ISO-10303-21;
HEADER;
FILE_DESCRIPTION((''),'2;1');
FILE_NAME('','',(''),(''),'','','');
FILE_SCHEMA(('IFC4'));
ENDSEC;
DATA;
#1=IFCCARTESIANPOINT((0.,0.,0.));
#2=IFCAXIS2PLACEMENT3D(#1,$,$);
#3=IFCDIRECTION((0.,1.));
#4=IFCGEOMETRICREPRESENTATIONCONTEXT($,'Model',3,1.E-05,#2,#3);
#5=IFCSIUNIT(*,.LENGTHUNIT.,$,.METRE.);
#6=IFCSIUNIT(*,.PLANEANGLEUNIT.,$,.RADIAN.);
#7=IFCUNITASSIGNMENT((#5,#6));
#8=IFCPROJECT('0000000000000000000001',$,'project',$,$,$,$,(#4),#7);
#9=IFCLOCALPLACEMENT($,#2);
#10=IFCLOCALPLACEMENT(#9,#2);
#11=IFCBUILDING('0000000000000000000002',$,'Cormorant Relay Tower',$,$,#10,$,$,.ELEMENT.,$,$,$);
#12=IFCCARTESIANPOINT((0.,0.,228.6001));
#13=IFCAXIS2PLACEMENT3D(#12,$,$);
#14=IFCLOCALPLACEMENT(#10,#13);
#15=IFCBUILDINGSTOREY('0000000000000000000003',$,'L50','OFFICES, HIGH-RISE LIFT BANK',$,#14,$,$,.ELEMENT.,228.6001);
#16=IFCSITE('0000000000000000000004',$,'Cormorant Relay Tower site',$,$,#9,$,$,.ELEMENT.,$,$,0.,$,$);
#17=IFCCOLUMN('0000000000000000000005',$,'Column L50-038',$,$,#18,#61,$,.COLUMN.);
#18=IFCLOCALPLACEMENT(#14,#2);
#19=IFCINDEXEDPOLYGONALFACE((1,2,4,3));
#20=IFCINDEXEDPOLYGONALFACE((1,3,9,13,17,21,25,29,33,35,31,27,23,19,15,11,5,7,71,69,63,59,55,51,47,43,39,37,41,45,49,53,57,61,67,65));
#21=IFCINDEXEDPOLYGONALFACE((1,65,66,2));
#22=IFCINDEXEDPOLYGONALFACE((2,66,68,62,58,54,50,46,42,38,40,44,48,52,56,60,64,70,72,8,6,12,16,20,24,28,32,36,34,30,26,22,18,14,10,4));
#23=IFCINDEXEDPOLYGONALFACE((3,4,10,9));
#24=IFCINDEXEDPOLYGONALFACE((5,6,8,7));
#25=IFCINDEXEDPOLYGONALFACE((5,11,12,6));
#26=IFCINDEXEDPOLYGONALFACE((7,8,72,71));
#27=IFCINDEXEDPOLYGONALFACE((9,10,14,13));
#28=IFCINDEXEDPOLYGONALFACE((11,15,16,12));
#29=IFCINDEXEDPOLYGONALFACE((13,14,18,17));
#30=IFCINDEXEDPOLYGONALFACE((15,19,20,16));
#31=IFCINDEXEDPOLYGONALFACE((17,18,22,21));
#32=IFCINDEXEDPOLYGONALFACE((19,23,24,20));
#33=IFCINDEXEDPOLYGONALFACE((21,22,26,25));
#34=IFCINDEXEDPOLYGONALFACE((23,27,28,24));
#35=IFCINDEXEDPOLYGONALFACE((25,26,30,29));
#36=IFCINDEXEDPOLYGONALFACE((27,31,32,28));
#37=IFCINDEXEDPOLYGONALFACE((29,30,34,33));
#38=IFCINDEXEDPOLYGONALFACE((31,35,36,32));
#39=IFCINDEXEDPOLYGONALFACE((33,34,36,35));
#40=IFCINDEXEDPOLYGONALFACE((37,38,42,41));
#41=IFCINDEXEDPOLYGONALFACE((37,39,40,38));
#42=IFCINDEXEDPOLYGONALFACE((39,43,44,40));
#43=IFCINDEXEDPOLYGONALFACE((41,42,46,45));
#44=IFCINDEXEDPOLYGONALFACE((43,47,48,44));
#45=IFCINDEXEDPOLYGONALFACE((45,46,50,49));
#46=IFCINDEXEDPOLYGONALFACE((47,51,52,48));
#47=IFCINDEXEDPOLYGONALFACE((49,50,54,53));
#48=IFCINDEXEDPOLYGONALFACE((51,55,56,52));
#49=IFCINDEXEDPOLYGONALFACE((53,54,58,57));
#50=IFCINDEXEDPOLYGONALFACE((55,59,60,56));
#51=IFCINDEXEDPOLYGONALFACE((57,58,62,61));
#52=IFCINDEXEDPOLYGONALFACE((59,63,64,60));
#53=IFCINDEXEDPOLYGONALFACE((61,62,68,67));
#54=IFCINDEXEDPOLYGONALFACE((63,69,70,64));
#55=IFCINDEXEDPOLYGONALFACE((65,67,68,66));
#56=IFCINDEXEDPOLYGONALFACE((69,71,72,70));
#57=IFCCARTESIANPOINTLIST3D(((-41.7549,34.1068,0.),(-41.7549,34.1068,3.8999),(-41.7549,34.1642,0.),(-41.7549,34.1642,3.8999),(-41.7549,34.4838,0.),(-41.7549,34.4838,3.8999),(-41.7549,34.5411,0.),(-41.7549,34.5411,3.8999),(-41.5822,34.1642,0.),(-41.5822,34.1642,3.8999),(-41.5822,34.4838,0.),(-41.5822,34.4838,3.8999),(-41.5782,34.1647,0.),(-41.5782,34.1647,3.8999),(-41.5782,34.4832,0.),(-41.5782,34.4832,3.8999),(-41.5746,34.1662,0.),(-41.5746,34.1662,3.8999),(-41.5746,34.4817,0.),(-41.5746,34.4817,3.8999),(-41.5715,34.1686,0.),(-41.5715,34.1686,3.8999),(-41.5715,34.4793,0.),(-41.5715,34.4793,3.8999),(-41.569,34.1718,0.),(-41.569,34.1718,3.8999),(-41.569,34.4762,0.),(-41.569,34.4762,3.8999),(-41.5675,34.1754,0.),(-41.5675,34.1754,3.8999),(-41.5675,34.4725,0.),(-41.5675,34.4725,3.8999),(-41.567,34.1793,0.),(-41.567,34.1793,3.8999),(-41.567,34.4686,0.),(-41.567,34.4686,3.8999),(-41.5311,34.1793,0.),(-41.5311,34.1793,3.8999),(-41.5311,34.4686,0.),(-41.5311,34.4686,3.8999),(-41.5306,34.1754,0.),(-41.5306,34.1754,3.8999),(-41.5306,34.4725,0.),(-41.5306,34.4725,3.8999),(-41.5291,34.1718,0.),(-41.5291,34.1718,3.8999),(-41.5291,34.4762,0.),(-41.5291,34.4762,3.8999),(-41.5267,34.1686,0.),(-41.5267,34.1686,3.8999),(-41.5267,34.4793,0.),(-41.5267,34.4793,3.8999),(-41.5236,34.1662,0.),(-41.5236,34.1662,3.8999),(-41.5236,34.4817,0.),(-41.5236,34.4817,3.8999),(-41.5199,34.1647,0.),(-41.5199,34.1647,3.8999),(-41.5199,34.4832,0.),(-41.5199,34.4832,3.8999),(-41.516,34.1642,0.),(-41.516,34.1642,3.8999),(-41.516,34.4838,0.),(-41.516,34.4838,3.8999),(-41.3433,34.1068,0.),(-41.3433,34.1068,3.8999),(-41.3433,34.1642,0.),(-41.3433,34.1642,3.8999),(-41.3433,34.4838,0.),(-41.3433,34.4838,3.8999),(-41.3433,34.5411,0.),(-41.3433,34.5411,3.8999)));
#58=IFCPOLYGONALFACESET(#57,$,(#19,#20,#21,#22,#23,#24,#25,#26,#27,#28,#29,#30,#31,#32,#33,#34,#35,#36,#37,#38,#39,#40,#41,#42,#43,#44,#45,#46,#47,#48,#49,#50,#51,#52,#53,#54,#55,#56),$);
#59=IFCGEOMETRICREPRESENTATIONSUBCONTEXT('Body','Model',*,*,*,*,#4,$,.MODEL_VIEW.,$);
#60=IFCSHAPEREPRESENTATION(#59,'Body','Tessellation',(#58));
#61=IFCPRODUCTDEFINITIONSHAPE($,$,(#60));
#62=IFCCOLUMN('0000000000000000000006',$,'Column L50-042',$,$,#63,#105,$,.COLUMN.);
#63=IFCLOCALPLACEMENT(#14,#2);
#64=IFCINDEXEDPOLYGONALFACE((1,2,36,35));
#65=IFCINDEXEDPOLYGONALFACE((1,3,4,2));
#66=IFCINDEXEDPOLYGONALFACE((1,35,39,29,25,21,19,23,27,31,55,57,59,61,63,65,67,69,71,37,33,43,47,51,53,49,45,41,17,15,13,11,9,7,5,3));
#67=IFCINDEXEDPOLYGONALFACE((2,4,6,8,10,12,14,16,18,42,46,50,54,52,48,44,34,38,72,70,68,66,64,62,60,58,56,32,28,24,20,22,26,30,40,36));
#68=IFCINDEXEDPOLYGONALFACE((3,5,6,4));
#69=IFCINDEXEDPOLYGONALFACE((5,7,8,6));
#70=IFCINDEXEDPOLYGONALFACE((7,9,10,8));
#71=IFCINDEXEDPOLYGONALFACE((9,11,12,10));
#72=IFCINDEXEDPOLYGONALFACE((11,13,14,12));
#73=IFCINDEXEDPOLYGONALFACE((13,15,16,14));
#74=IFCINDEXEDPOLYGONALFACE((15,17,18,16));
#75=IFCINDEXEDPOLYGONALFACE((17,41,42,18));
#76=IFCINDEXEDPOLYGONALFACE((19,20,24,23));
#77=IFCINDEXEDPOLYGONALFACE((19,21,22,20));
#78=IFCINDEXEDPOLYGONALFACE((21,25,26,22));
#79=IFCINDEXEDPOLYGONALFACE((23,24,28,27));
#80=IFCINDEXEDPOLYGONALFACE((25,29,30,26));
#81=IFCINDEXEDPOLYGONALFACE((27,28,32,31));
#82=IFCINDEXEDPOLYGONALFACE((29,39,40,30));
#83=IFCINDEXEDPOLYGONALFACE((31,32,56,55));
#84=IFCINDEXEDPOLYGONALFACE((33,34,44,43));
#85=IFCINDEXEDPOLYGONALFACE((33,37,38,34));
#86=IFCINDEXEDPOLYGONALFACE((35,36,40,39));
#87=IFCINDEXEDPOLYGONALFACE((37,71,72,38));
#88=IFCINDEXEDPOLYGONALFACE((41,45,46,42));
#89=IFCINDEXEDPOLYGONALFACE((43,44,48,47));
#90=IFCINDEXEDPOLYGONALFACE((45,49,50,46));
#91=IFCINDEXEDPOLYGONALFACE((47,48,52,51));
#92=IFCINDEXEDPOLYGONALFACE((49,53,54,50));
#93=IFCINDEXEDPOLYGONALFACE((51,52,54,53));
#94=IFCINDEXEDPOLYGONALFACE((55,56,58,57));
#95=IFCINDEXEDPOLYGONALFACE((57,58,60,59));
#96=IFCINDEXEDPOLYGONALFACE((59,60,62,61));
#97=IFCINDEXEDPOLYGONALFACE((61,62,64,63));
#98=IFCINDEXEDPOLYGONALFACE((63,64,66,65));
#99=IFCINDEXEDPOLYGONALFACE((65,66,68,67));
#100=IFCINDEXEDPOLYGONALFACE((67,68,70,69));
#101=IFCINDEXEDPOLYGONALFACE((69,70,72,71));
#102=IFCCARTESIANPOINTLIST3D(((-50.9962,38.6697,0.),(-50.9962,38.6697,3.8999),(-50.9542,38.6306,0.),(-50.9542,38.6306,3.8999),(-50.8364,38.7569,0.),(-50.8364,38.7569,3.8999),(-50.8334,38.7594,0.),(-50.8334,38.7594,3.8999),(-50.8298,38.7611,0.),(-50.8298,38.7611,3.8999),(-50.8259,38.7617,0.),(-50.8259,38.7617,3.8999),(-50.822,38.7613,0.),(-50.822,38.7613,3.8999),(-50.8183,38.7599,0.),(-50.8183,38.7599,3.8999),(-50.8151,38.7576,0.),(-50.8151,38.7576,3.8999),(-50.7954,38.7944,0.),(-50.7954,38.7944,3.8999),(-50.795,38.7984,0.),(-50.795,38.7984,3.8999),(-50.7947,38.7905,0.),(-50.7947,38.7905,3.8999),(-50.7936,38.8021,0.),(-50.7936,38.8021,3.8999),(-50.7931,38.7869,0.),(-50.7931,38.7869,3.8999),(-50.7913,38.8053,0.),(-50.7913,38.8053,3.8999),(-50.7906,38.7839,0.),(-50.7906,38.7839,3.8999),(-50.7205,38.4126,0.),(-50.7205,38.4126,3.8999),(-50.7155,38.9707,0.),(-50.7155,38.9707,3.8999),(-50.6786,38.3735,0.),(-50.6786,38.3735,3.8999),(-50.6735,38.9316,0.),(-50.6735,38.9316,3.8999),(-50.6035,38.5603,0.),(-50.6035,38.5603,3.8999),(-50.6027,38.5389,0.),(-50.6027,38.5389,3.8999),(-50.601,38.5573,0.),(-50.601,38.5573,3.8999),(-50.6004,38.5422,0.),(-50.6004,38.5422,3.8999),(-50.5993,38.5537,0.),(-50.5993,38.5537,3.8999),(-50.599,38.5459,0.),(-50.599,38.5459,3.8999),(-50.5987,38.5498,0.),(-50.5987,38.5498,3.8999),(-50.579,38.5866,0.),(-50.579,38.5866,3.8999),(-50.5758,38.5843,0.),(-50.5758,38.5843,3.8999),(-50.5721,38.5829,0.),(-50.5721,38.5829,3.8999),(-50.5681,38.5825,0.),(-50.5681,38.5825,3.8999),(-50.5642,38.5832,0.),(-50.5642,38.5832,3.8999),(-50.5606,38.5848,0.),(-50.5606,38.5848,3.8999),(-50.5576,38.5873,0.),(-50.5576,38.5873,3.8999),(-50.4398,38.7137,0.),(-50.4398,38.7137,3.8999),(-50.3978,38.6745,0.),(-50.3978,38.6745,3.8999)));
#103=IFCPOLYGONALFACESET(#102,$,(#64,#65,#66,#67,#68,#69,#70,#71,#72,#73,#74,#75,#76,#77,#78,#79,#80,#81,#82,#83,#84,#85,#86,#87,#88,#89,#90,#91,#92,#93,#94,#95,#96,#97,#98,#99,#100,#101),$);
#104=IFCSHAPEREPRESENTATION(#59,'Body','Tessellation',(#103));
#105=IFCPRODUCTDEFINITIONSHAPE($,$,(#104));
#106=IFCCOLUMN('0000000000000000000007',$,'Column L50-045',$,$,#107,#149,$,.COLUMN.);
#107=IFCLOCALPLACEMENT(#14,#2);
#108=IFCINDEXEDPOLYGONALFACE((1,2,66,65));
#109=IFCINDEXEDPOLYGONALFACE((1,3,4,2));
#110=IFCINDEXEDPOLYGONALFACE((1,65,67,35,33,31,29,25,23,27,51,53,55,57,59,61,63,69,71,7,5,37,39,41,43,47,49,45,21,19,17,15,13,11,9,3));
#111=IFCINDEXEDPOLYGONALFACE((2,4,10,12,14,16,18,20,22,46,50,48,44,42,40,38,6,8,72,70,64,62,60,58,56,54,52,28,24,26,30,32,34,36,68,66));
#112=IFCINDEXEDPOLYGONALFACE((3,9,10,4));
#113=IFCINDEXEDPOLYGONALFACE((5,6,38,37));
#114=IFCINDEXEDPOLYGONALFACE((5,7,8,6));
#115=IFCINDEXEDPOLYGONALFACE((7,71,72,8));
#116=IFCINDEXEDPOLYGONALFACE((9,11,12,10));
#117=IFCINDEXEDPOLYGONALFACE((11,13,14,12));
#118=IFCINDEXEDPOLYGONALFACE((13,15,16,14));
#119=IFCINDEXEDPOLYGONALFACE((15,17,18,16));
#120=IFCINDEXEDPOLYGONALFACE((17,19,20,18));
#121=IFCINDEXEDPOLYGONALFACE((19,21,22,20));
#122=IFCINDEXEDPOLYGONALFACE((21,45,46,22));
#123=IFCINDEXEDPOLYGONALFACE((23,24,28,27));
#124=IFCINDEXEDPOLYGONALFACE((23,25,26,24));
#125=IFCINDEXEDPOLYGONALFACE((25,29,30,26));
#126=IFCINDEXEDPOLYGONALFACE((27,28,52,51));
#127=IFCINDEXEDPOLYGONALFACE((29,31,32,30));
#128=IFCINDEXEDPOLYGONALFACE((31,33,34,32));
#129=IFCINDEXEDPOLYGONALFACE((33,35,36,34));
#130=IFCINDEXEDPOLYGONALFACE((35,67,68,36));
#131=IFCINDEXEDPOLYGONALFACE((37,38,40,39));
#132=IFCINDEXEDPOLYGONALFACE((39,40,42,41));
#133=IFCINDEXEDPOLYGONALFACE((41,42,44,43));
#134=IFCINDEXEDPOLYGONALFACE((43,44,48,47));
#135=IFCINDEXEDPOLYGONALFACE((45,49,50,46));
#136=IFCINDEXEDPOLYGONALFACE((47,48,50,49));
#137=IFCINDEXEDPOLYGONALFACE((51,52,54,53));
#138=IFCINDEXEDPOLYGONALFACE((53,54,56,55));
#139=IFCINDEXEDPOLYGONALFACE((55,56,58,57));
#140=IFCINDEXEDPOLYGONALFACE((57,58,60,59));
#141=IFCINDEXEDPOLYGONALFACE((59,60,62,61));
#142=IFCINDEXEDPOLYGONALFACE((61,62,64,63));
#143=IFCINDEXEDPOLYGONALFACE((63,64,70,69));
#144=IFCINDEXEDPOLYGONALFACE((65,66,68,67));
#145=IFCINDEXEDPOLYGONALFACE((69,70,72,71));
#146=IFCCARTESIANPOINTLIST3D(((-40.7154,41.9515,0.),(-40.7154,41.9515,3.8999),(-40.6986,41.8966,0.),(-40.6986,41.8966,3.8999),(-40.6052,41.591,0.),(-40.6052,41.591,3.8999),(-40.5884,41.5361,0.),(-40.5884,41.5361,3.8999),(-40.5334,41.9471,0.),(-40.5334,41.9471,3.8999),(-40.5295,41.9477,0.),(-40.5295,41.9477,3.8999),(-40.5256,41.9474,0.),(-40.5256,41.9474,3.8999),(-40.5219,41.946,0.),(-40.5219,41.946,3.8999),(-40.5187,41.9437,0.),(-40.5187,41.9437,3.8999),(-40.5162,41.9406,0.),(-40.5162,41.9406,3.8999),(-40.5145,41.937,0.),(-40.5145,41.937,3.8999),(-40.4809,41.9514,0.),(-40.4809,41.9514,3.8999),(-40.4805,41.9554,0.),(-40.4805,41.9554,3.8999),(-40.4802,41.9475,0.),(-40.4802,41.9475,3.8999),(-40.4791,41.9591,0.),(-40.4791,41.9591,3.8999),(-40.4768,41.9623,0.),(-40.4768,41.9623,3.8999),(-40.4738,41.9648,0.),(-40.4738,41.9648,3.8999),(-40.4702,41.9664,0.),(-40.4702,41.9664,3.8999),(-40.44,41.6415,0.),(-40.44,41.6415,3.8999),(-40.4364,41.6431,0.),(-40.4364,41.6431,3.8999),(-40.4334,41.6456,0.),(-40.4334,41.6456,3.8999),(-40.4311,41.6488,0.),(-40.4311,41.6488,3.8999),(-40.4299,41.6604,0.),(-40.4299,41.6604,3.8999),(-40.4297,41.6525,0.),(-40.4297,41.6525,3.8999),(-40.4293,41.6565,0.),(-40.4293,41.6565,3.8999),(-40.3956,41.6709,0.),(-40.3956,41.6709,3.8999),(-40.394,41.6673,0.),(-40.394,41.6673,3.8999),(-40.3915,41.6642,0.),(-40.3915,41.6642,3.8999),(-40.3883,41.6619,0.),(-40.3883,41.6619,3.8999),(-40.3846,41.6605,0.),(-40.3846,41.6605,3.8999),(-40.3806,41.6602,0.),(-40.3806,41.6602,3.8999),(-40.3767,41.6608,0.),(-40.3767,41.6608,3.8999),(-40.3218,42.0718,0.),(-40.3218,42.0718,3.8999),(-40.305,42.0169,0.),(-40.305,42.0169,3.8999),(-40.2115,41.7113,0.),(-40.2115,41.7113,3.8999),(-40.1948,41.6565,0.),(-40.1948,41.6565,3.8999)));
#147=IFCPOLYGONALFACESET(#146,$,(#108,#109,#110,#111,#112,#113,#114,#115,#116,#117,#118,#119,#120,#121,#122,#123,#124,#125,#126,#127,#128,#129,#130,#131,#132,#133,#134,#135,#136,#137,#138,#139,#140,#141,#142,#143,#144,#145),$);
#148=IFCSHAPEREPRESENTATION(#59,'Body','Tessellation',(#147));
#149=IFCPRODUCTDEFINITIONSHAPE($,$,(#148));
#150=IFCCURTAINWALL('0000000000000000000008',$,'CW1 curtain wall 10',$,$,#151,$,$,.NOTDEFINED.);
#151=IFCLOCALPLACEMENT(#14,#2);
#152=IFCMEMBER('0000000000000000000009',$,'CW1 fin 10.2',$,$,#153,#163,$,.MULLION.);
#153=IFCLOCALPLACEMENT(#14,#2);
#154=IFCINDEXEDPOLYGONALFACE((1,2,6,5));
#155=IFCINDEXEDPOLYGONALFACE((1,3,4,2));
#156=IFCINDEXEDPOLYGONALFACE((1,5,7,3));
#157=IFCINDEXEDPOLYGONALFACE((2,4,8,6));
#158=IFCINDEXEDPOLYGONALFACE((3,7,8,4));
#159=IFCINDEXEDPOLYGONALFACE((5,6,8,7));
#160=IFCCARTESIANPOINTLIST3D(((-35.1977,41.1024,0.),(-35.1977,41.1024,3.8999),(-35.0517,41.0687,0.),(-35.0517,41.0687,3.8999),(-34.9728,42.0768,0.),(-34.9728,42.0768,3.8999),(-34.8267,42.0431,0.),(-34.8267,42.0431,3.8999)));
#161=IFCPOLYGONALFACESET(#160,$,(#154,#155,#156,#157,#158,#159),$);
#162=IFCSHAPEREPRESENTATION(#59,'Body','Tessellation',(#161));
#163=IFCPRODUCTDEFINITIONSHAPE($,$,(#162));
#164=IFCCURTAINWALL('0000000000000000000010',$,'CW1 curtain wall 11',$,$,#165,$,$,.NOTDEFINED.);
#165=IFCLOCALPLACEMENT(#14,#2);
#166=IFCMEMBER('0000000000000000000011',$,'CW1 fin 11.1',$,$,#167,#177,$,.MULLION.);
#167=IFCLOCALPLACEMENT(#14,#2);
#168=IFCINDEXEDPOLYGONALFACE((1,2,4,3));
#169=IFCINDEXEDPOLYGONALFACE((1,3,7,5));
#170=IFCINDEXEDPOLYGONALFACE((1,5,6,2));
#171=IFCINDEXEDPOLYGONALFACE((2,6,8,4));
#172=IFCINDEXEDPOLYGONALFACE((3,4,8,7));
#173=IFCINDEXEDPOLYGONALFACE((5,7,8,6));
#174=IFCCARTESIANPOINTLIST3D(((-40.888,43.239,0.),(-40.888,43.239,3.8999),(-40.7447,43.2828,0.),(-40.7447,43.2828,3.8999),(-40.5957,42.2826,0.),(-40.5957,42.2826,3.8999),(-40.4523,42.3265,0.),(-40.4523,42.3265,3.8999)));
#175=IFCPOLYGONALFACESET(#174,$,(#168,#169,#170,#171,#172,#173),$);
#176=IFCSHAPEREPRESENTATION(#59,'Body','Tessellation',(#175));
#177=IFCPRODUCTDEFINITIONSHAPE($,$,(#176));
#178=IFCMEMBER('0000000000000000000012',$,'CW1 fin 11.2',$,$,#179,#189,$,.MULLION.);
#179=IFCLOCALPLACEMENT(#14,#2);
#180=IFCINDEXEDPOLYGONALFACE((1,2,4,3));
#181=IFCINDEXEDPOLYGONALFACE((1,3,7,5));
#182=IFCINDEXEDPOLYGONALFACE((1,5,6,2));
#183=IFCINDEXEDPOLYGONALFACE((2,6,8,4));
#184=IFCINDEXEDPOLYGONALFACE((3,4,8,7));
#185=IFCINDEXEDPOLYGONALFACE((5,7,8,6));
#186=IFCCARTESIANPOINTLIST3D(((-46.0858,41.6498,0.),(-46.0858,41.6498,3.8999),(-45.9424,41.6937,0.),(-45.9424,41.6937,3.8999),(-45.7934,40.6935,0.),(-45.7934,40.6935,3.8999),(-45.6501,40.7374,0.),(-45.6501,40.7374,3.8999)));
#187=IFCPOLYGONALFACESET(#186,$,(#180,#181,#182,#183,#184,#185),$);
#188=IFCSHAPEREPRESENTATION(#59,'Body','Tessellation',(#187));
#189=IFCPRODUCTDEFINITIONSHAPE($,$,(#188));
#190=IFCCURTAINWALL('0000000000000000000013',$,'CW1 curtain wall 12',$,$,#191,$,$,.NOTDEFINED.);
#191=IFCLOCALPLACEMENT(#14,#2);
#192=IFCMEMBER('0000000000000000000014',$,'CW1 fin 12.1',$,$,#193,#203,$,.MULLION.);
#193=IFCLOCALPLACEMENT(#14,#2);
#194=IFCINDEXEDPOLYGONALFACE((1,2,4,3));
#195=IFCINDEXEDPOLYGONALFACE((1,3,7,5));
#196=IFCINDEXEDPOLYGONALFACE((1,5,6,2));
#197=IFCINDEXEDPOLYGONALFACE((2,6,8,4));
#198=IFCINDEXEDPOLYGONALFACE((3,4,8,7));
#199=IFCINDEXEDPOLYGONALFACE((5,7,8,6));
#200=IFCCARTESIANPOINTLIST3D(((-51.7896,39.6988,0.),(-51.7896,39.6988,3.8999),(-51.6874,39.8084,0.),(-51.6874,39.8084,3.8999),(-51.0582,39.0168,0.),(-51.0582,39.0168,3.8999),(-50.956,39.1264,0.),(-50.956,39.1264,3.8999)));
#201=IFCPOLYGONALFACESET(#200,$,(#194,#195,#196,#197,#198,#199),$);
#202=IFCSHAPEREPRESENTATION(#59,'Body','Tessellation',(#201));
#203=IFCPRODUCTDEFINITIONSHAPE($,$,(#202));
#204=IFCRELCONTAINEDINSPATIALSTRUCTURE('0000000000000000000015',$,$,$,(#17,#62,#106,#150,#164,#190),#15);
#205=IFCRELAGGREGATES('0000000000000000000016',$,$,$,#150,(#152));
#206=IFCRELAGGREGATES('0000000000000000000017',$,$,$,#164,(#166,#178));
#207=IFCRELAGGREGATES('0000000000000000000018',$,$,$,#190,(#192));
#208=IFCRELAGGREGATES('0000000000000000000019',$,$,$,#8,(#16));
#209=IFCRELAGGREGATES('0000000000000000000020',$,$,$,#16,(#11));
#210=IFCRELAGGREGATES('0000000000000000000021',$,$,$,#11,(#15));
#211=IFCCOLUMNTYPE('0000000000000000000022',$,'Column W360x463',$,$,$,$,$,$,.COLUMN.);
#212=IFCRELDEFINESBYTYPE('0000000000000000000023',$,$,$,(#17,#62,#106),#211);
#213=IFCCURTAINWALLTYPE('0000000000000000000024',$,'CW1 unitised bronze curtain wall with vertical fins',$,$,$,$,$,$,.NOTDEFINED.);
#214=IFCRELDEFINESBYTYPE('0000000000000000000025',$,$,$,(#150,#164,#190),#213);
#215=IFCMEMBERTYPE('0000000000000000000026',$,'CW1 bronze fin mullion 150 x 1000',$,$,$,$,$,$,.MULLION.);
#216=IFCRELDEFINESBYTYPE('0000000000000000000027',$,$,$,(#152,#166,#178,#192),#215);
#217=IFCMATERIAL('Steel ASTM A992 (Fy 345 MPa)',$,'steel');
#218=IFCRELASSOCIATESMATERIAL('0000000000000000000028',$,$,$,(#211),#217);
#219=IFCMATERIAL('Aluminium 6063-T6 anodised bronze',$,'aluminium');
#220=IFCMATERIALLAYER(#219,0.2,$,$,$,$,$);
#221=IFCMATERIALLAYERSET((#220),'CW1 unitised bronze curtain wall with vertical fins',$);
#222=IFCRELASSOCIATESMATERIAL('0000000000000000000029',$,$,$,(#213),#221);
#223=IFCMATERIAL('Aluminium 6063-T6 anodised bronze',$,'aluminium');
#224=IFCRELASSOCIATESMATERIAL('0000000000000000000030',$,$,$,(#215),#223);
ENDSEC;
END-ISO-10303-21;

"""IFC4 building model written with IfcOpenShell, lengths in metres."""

from ifc_helpers import new_model, si_unit, direction, frame, origin, origin_2d, place, context, subcontext, project, spatial, rectangle, i_section, extrude, material, layer, layer_set, material_profile, profile_set, type_object, element, aggregate, save


model = new_model("IFC4")

# Units and contexts
model_context = context("Model", 3, precision=1e-05, world=origin(), true_north=direction((0.0, 1.0)))
body_context = subcontext(model_context, "Body", "Model", "MODEL_VIEW")
ifc_project = project(units=[si_unit("LENGTHUNIT", "METRE"), si_unit("PLANEANGLEUNIT", "RADIAN")], contexts=[model_context])

# Site, building, storey
site_placement = place(None, origin())
site = spatial("IfcSite", under=ifc_project, at=site_placement, Name="Cormorant Relay Tower site", CompositionType="ELEMENT", RefElevation=0.0)
building_placement = place(site_placement, origin())
building = spatial("IfcBuilding", under=site, at=building_placement, Name="Cormorant Relay Tower", CompositionType="ELEMENT")
storey_placement = place(building_placement, frame((0.0, 0.0, 228.6001)))
storey = spatial("IfcBuildingStorey", under=building, at=storey_placement, Name="L50", Description="OFFICES, HIGH-RISE LIFT BANK", CompositionType="ELEMENT", Elevation=228.6001)

# Columns
ifc_material_1 = material(Name="Steel ASTM A992 (Fy 345 MPa)", Category="steel")
ifc_material_profile_1 = material_profile(ifc_material_1, i_section(OverallWidth=0.4116, OverallDepth=0.4343, WebThickness=0.0359, FlangeThickness=0.0574, FilletRadius=0.0151, at=origin_2d()), Name="W360x463")
ifc_profile_set_1 = profile_set([ifc_material_profile_1], Name="Steel ASTM A992 (Fy 345 MPa)")
column_type = type_object("IfcColumnType", Name="Column W360x463", PredefinedType="COLUMN", material=ifc_profile_set_1)
for number, where, z_axis, x_axis, name in (
    (1, (-41.5491, 34.324, 0.0), (0.0, 0.0, 1.0), (1.0, 0.0, 0.0), "Column L50-038"),
    (2, (-50.697, 38.6721, 0.0), (0.0, 0.0, 1.0), (-0.681998, -0.731354, 0.0), "Column L50-042"),
    (3, (-40.4551, 41.804, 0.0), (0.0, 0.0, 1.0), (-0.956305, -0.292372, 0.0), "Column L50-045"),
):
    element("IfcColumn", number, at=place(storey_placement, frame(where, z_axis=z_axis, x_axis=x_axis)), inside=storey, type_object=column_type, Name=name, PredefinedType="COLUMN", context=body_context, shape_type="SweptSolid", body=[
        extrude(i_section(OverallWidth=0.4116, OverallDepth=0.4343, WebThickness=0.0359, FlangeThickness=0.0574, FilletRadius=0.0151, at=origin_2d()), origin(), (0.0, 0.0, 1.0), 3.8999),
    ])

# Curtain wall, member
ifc_material_2 = material(Name="Aluminium 6063-T6 anodised bronze", Category="aluminium")
ifc_layer_1 = layer(ifc_material_2, 0.2)
ifc_layer_set_1 = layer_set([ifc_layer_1], Name="CW1 unitised bronze curtain wall with vertical fins")
curtain_wall_type = type_object("IfcCurtainWallType", Name="CW1 unitised bronze curtain wall with vertical fins", PredefinedType="NOTDEFINED", material=ifc_layer_set_1)
curtain_wall_1_placement = place(storey_placement, origin())
curtain_wall_1 = element("IfcCurtainWall", 4, at=curtain_wall_1_placement, inside=storey, type_object=curtain_wall_type, Name="CW1 curtain wall 10", PredefinedType="NOTDEFINED")
ifc_material_3 = material(Name="Aluminium 6063-T6 anodised bronze", Category="aluminium")
ifc_material_profile_2 = material_profile(ifc_material_3, rectangle(XDim=0.1499, YDim=1.0, at=origin_2d()), Name="AL 150x1000")
ifc_profile_set_2 = profile_set([ifc_material_profile_2], Name="Aluminium 6063-T6 anodised bronze")
member_type_1 = type_object("IfcMemberType", Name="CW1 bronze fin mullion 150 x 1000", PredefinedType="MULLION", material=ifc_profile_set_2)
member_1_placement = place(storey_placement, frame((-35.0122, 41.5728, 0.0), z_axis=(0.0, 0.0, 1.0), x_axis=(-0.97437, 0.224951, 0.0)))
member_1 = element("IfcMember", 5, at=member_1_placement, type_object=member_type_1, Name="CW1 fin 10.2", PredefinedType="MULLION", context=body_context, shape_type="SweptSolid", body=[
    extrude(rectangle(XDim=0.1499, YDim=1.0, at=origin_2d()), origin(), (0.0, 0.0, 1.0), 3.8999),
])

# Curtain walls, members
curtain_wall_2_placement = place(storey_placement, origin())
curtain_wall_2 = element("IfcCurtainWall", 6, at=curtain_wall_2_placement, inside=storey, type_object=curtain_wall_type, Name="CW1 curtain wall 11", PredefinedType="NOTDEFINED")
member_2_placement = place(storey_placement, frame((-40.6702, 42.7827, 0.0), z_axis=(0.0, 0.0, 1.0), x_axis=(-0.956305, -0.292372, 0.0)))
member_2 = element("IfcMember", 7, at=member_2_placement, type_object=member_type_1, Name="CW1 fin 11.1", PredefinedType="MULLION", context=body_context, shape_type="SweptSolid", body=[
    extrude(rectangle(XDim=0.1499, YDim=1.0, at=origin_2d()), origin(), (0.0, 0.0, 1.0), 3.8999),
])
member_3_placement = place(storey_placement, frame((-45.8679, 41.1936, 0.0), z_axis=(0.0, 0.0, 1.0), x_axis=(-0.956305, -0.292372, 0.0)))
member_3 = element("IfcMember", 8, at=member_3_placement, type_object=member_type_1, Name="CW1 fin 11.2", PredefinedType="MULLION", context=body_context, shape_type="SweptSolid", body=[
    extrude(rectangle(XDim=0.1499, YDim=1.0, at=origin_2d()), origin(), (0.0, 0.0, 1.0), 3.8999),
])
curtain_wall_3_placement = place(storey_placement, origin())
curtain_wall_3 = element("IfcCurtainWall", 9, at=curtain_wall_3_placement, inside=storey, type_object=curtain_wall_type, Name="CW1 curtain wall 12", PredefinedType="NOTDEFINED")
member_4_placement = place(storey_placement, frame((-51.3728, 39.4126, 0.0), z_axis=(0.0, 0.0, 1.0), x_axis=(-0.681998, -0.731354, 0.0)))
member_4 = element("IfcMember", 10, at=member_4_placement, type_object=member_type_1, Name="CW1 fin 12.1", PredefinedType="MULLION", context=body_context, shape_type="SweptSolid", body=[
    extrude(rectangle(XDim=0.1499, YDim=1.0, at=origin_2d()), origin(), (0.0, 0.0, 1.0), 3.8999),
])

aggregate(curtain_wall_1, [member_1])
aggregate(curtain_wall_2, [member_2, member_3])
aggregate(curtain_wall_3, [member_4])

save(model, "model.ifc")
